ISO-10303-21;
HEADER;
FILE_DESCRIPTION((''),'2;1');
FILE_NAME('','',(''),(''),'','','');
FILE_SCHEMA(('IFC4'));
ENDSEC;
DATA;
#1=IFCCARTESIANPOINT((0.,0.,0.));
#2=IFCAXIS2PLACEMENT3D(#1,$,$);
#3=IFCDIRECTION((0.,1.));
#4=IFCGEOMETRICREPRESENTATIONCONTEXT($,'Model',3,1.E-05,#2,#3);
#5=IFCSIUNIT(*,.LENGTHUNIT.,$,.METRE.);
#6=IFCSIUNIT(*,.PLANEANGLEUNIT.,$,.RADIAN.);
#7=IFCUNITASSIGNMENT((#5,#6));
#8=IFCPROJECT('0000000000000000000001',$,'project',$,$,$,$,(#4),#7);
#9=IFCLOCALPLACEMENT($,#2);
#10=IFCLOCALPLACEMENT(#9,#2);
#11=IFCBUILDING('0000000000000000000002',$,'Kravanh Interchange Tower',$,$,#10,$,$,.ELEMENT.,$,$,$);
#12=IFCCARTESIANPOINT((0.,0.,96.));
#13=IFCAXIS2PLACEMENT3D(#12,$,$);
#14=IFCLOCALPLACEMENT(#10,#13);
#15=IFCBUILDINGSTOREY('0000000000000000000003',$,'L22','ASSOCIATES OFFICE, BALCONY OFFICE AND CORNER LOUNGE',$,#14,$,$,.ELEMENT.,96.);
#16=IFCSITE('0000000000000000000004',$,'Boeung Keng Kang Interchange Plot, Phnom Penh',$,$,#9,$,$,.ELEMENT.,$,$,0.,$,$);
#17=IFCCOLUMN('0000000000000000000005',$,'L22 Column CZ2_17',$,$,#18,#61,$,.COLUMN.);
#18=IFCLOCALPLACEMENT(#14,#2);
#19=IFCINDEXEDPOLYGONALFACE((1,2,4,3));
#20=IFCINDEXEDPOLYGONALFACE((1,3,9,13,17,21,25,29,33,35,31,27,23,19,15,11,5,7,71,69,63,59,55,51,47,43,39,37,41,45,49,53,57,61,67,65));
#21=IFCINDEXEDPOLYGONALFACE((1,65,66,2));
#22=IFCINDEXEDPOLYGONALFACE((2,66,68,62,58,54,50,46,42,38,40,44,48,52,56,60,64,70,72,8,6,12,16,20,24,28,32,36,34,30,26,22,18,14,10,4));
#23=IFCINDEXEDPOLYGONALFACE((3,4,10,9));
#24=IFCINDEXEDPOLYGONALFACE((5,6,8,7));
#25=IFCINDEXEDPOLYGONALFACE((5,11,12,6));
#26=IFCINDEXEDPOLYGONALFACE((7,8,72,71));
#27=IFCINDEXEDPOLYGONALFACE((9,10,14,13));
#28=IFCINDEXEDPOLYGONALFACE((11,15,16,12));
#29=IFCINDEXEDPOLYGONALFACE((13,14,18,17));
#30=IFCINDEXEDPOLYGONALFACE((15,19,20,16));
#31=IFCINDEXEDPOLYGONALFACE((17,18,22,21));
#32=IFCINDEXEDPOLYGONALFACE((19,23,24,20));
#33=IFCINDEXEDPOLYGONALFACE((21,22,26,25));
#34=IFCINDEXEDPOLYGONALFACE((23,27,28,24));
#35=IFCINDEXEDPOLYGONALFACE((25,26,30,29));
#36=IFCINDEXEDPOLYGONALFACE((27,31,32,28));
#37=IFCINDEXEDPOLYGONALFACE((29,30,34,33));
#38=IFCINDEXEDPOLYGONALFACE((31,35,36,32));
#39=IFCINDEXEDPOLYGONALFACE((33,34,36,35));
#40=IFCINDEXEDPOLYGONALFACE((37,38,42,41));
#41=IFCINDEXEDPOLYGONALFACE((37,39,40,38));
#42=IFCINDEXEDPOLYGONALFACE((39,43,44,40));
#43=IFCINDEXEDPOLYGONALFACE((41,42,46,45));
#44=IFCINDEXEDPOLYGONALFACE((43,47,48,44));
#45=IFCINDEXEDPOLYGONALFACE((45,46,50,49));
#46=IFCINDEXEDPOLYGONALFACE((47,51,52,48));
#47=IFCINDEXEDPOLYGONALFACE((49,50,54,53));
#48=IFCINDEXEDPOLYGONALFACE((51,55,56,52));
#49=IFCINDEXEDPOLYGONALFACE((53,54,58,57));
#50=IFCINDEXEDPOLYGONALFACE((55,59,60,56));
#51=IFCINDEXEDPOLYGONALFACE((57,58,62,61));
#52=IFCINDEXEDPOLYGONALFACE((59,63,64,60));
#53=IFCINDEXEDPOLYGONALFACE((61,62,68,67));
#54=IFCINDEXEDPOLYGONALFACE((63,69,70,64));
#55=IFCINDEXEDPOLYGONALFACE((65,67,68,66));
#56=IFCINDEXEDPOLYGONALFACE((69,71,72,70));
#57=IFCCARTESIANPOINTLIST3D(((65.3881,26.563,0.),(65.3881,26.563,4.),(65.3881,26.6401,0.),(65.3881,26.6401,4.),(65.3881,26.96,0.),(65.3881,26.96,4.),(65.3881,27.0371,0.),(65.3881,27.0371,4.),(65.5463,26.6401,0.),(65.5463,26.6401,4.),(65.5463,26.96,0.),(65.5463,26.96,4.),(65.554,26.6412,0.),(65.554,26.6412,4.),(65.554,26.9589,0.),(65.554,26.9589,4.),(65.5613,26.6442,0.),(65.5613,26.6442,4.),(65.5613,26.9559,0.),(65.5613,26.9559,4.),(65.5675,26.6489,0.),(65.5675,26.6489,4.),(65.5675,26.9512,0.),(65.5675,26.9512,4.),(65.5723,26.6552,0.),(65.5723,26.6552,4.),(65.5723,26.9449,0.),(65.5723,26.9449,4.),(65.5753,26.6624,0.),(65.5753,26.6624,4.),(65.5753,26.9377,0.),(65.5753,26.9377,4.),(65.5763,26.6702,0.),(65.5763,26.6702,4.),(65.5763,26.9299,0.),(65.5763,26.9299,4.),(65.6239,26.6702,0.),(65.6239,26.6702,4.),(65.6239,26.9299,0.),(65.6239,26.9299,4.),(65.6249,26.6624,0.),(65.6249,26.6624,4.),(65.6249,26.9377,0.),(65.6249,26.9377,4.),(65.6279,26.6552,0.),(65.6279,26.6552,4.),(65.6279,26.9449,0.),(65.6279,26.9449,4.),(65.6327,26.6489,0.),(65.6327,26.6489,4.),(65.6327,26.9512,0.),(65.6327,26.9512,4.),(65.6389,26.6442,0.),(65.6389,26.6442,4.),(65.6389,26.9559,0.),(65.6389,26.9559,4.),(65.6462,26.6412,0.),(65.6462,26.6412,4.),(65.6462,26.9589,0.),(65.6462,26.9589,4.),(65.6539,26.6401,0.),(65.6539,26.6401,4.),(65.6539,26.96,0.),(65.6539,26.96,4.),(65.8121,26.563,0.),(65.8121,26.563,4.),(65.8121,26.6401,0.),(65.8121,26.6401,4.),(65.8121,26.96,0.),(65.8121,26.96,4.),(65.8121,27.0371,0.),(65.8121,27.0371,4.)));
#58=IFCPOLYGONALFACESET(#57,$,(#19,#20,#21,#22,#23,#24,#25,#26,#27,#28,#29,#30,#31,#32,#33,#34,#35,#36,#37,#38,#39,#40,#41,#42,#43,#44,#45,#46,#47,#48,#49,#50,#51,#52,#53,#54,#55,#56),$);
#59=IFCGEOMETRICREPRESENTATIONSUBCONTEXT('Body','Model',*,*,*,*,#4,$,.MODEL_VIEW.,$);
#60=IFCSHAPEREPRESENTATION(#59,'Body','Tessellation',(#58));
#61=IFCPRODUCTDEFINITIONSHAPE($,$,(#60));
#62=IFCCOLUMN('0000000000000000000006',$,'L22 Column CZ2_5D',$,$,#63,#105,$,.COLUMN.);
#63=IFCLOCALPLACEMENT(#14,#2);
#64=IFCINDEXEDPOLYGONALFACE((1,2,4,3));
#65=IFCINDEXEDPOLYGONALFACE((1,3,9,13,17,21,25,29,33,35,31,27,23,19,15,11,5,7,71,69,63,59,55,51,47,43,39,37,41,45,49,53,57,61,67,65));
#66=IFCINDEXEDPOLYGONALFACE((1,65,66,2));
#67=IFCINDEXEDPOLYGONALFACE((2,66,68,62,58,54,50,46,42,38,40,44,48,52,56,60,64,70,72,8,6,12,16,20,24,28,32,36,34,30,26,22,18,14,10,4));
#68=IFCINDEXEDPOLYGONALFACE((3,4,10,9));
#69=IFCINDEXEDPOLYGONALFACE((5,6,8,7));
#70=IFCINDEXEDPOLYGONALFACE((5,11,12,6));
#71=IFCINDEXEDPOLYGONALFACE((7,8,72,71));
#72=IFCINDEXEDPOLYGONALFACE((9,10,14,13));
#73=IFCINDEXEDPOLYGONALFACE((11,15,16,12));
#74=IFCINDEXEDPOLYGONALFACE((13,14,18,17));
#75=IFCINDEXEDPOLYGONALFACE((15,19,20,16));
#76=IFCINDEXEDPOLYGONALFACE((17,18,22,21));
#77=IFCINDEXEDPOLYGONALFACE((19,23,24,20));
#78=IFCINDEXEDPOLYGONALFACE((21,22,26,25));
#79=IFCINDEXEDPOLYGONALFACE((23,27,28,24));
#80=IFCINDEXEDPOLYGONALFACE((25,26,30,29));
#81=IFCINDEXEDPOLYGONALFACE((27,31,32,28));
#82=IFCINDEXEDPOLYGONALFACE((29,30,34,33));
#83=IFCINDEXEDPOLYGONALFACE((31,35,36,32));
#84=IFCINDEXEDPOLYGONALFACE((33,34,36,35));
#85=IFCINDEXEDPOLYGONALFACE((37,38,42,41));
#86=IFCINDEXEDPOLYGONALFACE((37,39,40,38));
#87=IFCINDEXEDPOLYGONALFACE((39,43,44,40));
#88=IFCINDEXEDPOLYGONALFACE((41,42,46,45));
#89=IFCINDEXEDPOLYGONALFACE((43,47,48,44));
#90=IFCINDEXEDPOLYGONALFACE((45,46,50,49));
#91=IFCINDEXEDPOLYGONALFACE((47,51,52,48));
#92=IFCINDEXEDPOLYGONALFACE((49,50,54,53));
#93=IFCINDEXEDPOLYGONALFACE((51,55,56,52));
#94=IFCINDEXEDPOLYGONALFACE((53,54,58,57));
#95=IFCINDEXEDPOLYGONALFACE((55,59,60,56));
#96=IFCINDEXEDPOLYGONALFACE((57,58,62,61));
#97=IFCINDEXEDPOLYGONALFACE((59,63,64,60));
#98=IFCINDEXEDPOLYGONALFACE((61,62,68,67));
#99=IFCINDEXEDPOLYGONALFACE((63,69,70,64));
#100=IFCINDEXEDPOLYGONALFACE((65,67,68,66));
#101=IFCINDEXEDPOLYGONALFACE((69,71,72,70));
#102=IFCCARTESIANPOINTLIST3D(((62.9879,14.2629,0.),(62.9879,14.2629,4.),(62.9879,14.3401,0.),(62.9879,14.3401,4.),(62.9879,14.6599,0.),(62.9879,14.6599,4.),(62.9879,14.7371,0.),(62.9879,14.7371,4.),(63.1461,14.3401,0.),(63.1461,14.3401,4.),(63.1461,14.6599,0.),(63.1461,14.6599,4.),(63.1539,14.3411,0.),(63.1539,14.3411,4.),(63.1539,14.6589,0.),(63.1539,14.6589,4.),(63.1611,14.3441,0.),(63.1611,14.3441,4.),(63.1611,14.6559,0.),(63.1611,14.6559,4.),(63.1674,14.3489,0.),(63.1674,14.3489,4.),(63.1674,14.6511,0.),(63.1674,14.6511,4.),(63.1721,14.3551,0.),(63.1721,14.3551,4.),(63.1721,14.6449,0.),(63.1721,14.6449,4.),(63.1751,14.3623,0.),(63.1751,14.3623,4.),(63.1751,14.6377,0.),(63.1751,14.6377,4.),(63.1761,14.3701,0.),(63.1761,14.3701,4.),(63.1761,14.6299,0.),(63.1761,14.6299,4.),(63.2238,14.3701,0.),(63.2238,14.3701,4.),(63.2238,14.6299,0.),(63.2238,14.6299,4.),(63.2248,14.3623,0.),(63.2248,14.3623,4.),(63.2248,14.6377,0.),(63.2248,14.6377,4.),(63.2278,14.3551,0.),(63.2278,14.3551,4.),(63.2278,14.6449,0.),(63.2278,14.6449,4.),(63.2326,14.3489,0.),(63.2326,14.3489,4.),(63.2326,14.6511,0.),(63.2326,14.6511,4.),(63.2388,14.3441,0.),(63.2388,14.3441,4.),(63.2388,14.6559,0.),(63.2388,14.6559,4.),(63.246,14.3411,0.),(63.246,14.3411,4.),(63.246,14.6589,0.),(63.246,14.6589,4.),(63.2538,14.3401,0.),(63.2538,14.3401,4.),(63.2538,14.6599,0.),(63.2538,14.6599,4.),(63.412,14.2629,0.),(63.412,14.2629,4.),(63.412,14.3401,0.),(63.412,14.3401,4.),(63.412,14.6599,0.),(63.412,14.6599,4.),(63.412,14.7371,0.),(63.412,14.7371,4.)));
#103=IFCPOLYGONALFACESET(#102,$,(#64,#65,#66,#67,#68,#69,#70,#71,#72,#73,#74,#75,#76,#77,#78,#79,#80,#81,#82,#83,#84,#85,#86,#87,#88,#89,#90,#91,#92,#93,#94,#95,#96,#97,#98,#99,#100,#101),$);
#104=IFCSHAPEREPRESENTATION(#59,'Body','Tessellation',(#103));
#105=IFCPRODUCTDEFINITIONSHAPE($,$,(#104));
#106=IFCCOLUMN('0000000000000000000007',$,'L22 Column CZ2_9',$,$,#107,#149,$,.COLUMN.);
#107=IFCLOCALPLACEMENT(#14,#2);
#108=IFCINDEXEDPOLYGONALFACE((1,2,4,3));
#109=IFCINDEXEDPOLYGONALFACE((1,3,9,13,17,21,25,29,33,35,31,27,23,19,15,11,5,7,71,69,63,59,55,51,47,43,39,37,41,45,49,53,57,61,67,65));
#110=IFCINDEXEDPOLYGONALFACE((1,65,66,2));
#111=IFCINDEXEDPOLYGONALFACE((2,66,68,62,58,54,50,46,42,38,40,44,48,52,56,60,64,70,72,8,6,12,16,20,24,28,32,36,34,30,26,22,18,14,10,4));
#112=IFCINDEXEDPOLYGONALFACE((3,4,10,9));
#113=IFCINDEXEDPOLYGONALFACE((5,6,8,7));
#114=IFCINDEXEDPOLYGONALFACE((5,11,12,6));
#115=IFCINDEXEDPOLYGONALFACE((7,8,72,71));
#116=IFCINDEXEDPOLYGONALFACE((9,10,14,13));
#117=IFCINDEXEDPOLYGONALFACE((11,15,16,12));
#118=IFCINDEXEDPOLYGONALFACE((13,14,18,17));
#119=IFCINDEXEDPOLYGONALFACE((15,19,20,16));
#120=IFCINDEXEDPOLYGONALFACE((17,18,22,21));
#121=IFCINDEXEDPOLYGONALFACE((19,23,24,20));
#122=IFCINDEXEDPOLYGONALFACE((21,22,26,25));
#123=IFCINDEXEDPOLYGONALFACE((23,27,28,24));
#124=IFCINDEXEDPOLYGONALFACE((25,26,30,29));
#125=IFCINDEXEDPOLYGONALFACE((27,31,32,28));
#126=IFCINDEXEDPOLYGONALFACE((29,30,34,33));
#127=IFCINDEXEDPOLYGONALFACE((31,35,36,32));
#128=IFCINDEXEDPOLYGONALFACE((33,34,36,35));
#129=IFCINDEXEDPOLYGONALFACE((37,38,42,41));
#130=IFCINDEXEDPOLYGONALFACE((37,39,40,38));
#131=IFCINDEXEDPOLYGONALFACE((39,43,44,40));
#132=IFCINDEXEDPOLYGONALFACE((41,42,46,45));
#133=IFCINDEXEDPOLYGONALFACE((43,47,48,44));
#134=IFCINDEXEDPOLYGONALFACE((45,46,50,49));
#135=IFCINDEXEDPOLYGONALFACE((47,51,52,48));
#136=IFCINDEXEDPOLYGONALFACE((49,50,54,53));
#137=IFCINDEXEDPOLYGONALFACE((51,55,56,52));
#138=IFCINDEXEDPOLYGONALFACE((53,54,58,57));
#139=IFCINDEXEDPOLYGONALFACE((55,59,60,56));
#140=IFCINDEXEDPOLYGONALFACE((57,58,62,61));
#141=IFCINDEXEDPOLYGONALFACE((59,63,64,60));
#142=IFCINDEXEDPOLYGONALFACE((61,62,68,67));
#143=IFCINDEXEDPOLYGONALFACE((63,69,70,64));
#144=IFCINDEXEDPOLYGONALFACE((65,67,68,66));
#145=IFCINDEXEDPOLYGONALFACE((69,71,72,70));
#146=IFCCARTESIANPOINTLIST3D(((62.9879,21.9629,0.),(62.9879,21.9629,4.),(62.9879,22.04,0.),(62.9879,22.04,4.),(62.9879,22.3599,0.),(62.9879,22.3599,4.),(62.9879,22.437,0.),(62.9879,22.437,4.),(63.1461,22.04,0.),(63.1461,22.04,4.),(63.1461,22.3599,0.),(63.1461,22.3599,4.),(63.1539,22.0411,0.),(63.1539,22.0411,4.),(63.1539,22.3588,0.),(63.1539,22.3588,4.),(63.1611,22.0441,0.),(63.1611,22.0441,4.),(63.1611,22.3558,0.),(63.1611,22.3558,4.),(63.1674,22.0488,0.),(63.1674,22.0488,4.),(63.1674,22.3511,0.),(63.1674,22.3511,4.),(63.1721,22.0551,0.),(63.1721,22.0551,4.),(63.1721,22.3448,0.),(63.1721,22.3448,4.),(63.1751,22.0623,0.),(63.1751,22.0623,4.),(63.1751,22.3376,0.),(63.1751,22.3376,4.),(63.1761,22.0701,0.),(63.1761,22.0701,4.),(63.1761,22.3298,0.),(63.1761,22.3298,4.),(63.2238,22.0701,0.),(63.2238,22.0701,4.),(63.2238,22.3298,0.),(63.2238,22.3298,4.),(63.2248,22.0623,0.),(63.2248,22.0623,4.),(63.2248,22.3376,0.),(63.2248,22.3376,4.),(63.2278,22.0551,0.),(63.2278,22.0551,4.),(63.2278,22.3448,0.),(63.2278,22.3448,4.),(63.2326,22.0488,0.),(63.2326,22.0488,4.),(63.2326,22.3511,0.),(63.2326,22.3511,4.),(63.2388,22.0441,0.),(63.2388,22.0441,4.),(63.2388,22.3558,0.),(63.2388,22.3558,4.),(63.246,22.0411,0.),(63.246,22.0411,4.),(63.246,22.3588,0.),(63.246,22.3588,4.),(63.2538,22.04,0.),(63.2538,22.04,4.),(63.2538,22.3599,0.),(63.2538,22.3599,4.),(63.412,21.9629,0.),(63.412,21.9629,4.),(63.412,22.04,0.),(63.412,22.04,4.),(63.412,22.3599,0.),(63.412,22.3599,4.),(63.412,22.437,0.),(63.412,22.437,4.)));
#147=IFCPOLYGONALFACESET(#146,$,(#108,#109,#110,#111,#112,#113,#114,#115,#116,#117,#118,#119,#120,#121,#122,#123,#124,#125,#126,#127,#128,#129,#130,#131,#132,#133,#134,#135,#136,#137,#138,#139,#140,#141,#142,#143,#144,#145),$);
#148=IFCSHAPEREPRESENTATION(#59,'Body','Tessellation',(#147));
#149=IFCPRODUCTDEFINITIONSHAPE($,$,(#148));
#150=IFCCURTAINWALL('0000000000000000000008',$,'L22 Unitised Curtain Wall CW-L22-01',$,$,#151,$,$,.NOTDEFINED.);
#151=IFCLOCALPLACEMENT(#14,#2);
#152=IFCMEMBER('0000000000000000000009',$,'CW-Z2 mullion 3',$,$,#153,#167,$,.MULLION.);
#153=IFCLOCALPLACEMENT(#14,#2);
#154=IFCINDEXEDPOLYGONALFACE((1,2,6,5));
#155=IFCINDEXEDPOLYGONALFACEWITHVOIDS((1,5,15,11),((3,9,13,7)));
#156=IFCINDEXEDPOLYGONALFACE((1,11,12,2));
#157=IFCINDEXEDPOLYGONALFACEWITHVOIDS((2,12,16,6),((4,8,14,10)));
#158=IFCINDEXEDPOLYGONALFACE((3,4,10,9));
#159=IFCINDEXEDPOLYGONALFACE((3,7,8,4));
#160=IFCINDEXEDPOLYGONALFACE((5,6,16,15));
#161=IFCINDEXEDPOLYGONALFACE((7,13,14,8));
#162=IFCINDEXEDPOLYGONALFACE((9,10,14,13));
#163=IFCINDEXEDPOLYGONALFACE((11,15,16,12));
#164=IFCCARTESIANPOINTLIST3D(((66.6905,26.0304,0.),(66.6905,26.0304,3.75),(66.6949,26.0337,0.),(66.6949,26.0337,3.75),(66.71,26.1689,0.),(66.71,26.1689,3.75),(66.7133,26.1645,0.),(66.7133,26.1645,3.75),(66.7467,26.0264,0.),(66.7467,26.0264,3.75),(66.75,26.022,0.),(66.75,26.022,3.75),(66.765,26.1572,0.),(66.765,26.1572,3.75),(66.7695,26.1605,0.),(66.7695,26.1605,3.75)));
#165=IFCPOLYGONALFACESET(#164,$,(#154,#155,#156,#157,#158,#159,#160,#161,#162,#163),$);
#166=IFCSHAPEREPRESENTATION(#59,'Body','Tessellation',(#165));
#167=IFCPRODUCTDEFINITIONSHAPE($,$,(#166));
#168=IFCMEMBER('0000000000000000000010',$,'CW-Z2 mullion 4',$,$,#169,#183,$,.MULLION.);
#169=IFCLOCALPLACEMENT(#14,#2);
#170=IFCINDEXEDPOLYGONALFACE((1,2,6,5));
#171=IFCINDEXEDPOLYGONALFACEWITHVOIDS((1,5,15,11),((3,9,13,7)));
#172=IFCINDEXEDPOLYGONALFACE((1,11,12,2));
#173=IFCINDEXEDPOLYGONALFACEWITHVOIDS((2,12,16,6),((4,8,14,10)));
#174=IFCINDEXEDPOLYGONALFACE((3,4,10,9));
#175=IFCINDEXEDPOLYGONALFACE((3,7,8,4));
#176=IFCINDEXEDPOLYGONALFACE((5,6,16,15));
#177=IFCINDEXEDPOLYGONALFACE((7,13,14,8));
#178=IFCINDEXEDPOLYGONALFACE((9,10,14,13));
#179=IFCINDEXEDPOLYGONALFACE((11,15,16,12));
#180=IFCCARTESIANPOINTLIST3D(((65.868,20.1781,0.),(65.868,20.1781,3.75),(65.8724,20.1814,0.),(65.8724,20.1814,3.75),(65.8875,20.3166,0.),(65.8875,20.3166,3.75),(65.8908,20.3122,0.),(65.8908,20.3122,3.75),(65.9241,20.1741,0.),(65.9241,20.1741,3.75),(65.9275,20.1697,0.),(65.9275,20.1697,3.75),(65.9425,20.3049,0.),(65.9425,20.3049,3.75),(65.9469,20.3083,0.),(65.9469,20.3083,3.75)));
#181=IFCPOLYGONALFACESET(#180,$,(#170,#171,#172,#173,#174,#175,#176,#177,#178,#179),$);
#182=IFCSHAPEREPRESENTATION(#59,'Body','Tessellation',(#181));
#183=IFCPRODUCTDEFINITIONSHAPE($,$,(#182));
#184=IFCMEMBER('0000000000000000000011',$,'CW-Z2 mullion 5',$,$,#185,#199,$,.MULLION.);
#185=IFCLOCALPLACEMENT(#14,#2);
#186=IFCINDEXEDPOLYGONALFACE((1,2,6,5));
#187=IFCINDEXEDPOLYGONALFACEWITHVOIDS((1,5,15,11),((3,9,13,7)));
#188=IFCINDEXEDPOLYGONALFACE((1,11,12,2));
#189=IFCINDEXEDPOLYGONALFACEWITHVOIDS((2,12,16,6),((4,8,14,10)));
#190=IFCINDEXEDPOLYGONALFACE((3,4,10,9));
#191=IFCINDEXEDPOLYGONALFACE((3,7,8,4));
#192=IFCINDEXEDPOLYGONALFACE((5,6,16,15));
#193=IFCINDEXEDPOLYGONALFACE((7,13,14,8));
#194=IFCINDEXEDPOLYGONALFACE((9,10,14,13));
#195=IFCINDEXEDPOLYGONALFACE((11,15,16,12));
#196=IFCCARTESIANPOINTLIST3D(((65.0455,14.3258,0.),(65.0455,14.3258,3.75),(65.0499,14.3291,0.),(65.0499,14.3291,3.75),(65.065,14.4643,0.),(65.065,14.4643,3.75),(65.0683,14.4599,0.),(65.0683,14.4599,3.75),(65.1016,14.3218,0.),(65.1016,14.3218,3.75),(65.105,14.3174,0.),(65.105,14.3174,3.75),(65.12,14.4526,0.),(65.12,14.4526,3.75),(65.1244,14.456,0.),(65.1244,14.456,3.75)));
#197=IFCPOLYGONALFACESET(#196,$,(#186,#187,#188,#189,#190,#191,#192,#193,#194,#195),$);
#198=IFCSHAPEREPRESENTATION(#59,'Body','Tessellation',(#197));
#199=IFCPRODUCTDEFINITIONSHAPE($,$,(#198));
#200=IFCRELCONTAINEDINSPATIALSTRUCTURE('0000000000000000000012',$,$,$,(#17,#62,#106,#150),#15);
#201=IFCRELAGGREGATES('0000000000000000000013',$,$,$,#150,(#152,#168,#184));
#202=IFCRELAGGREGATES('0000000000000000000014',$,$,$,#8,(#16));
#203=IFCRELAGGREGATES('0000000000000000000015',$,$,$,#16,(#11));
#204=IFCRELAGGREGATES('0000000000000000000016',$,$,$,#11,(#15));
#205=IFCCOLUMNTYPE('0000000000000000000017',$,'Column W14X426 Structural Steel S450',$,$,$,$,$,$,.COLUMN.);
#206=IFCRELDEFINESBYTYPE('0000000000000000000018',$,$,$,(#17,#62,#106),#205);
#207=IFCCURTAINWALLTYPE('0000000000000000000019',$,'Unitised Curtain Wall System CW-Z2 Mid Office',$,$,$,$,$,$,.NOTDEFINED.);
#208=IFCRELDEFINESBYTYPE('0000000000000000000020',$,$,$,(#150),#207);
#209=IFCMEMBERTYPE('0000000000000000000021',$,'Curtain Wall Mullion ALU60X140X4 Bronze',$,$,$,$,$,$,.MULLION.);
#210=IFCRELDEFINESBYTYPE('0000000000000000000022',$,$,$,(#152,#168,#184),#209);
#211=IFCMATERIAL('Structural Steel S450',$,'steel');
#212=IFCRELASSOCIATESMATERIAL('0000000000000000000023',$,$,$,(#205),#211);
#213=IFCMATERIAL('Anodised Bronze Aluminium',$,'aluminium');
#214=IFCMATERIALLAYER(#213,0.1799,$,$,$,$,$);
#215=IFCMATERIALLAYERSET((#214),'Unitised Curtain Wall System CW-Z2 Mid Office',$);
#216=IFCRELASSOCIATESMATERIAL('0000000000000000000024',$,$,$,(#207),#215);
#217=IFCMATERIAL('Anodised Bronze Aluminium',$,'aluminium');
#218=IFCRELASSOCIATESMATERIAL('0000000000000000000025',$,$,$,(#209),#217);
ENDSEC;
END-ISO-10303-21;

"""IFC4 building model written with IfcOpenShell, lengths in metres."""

from ifc_helpers import new_model, si_unit, direction, frame, origin, origin_2d, place, context, subcontext, project, spatial, hollow_rectangle, i_section, extrude, material, layer, layer_set, material_profile, profile_set, type_object, element, aggregate, save


model = new_model("IFC4")

# Units and contexts
model_context = context("Model", 3, precision=1e-05, world=origin(), true_north=direction((0.0, 1.0)))
body_context = subcontext(model_context, "Body", "Model", "MODEL_VIEW")
ifc_project = project(units=[si_unit("LENGTHUNIT", "METRE"), si_unit("PLANEANGLEUNIT", "RADIAN")], contexts=[model_context])

# Site, building, storey
site_placement = place(None, origin())
site = spatial("IfcSite", under=ifc_project, at=site_placement, Name="Boeung Keng Kang Interchange Plot, Phnom Penh", CompositionType="ELEMENT", RefElevation=0.0)
building_placement = place(site_placement, origin())
building = spatial("IfcBuilding", under=site, at=building_placement, Name="Kravanh Interchange Tower", CompositionType="ELEMENT")
storey_placement = place(building_placement, frame((0.0, 0.0, 96.0)))
storey = spatial("IfcBuildingStorey", under=building, at=storey_placement, Name="L22", Description="ASSOCIATES OFFICE, BALCONY OFFICE AND CORNER LOUNGE", CompositionType="ELEMENT", Elevation=96.0)

# Columns
ifc_material_1 = material(Name="Structural Steel S450", Category="steel")
ifc_material_profile_1 = material_profile(ifc_material_1, i_section(OverallWidth=0.4241, OverallDepth=0.4741, WebThickness=0.0476, FlangeThickness=0.0771, FilletRadius=0.03, at=origin_2d()), Name="W14X426")
ifc_profile_set_1 = profile_set([ifc_material_profile_1], Name="Structural Steel S450")
column_type = type_object("IfcColumnType", Name="Column W14X426 Structural Steel S450", PredefinedType="COLUMN", material=ifc_profile_set_1)
for number, where, z_axis, x_axis, name in (
    (1, (65.6001, 26.8, 0.0), (0.0, 0.0, 1.0), (1.0, 0.0, 0.0), "L22 Column CZ2_17"),
    (2, (63.2, 14.5, 0.0), (0.0, 0.0, 1.0), (1.0, 0.0, 0.0), "L22 Column CZ2_5D"),
    (3, (63.2, 22.2, 0.0), (0.0, 0.0, 1.0), (1.0, 0.0, 0.0), "L22 Column CZ2_9"),
):
    element("IfcColumn", number, at=place(storey_placement, frame(where, z_axis=z_axis, x_axis=x_axis)), inside=storey, type_object=column_type, Name=name, PredefinedType="COLUMN", context=body_context, shape_type="SweptSolid", body=[
        extrude(i_section(OverallWidth=0.4241, OverallDepth=0.4741, WebThickness=0.0476, FlangeThickness=0.0771, FilletRadius=0.03, at=origin_2d()), origin(), (0.0, 0.0, 1.0), 4.0),
    ])

# Curtain wall, members
ifc_material_2 = material(Name="Anodised Bronze Aluminium", Category="aluminium")
ifc_layer_1 = layer(ifc_material_2, 0.1799)
ifc_layer_set_1 = layer_set([ifc_layer_1], Name="Unitised Curtain Wall System CW-Z2 Mid Office")
curtain_wall_type = type_object("IfcCurtainWallType", Name="Unitised Curtain Wall System CW-Z2 Mid Office", PredefinedType="NOTDEFINED", material=ifc_layer_set_1)
curtain_wall_placement = place(storey_placement, origin())
curtain_wall = element("IfcCurtainWall", 4, at=curtain_wall_placement, inside=storey, type_object=curtain_wall_type, Name="L22 Unitised Curtain Wall CW-L22-01", PredefinedType="NOTDEFINED")
ifc_material_3 = material(Name="Anodised Bronze Aluminium", Category="aluminium")
ifc_material_profile_2 = material_profile(ifc_material_3, hollow_rectangle(XDim=0.0601, YDim=0.1399, WallThickness=0.0039, at=origin_2d()), Name="ALU60X140X4")
ifc_profile_set_2 = profile_set([ifc_material_profile_2], Name="Anodised Bronze Aluminium")
member_type_1 = type_object("IfcMemberType", Name="Curtain Wall Mullion ALU60X140X4 Bronze", PredefinedType="MULLION", material=ifc_profile_set_2)
member_1_placement = place(storey_placement, frame((66.73, 26.0955, 0.0), z_axis=(0.0, 0.0, 1.0), x_axis=(0.990268, -0.139173, 0.0)))
member_1 = element("IfcMember", 5, at=member_1_placement, type_object=member_type_1, Name="CW-Z2 mullion 3", PredefinedType="MULLION", context=body_context, shape_type="SweptSolid", body=[
    extrude(hollow_rectangle(XDim=0.0601, YDim=0.1399, WallThickness=0.0039, at=origin_2d()), origin(), (0.0, 0.0, 1.0), 3.75),
])
member_2_placement = place(storey_placement, frame((65.9075, 20.2432, 0.0), z_axis=(0.0, 0.0, 1.0), x_axis=(0.990268, -0.139173, 0.0)))
member_2 = element("IfcMember", 6, at=member_2_placement, type_object=member_type_1, Name="CW-Z2 mullion 4", PredefinedType="MULLION", context=body_context, shape_type="SweptSolid", body=[
    extrude(hollow_rectangle(XDim=0.0601, YDim=0.1399, WallThickness=0.0039, at=origin_2d()), origin(), (0.0, 0.0, 1.0), 3.75),
])
member_3_placement = place(storey_placement, frame((65.085, 14.3909, 0.0), z_axis=(0.0, 0.0, 1.0), x_axis=(0.990268, -0.139173, 0.0)))
member_3 = element("IfcMember", 7, at=member_3_placement, type_object=member_type_1, Name="CW-Z2 mullion 5", PredefinedType="MULLION", context=body_context, shape_type="SweptSolid", body=[
    extrude(hollow_rectangle(XDim=0.0601, YDim=0.1399, WallThickness=0.0039, at=origin_2d()), origin(), (0.0, 0.0, 1.0), 3.75),
])

aggregate(curtain_wall, [member_1, member_2, member_3])

save(model, "model.ifc")
